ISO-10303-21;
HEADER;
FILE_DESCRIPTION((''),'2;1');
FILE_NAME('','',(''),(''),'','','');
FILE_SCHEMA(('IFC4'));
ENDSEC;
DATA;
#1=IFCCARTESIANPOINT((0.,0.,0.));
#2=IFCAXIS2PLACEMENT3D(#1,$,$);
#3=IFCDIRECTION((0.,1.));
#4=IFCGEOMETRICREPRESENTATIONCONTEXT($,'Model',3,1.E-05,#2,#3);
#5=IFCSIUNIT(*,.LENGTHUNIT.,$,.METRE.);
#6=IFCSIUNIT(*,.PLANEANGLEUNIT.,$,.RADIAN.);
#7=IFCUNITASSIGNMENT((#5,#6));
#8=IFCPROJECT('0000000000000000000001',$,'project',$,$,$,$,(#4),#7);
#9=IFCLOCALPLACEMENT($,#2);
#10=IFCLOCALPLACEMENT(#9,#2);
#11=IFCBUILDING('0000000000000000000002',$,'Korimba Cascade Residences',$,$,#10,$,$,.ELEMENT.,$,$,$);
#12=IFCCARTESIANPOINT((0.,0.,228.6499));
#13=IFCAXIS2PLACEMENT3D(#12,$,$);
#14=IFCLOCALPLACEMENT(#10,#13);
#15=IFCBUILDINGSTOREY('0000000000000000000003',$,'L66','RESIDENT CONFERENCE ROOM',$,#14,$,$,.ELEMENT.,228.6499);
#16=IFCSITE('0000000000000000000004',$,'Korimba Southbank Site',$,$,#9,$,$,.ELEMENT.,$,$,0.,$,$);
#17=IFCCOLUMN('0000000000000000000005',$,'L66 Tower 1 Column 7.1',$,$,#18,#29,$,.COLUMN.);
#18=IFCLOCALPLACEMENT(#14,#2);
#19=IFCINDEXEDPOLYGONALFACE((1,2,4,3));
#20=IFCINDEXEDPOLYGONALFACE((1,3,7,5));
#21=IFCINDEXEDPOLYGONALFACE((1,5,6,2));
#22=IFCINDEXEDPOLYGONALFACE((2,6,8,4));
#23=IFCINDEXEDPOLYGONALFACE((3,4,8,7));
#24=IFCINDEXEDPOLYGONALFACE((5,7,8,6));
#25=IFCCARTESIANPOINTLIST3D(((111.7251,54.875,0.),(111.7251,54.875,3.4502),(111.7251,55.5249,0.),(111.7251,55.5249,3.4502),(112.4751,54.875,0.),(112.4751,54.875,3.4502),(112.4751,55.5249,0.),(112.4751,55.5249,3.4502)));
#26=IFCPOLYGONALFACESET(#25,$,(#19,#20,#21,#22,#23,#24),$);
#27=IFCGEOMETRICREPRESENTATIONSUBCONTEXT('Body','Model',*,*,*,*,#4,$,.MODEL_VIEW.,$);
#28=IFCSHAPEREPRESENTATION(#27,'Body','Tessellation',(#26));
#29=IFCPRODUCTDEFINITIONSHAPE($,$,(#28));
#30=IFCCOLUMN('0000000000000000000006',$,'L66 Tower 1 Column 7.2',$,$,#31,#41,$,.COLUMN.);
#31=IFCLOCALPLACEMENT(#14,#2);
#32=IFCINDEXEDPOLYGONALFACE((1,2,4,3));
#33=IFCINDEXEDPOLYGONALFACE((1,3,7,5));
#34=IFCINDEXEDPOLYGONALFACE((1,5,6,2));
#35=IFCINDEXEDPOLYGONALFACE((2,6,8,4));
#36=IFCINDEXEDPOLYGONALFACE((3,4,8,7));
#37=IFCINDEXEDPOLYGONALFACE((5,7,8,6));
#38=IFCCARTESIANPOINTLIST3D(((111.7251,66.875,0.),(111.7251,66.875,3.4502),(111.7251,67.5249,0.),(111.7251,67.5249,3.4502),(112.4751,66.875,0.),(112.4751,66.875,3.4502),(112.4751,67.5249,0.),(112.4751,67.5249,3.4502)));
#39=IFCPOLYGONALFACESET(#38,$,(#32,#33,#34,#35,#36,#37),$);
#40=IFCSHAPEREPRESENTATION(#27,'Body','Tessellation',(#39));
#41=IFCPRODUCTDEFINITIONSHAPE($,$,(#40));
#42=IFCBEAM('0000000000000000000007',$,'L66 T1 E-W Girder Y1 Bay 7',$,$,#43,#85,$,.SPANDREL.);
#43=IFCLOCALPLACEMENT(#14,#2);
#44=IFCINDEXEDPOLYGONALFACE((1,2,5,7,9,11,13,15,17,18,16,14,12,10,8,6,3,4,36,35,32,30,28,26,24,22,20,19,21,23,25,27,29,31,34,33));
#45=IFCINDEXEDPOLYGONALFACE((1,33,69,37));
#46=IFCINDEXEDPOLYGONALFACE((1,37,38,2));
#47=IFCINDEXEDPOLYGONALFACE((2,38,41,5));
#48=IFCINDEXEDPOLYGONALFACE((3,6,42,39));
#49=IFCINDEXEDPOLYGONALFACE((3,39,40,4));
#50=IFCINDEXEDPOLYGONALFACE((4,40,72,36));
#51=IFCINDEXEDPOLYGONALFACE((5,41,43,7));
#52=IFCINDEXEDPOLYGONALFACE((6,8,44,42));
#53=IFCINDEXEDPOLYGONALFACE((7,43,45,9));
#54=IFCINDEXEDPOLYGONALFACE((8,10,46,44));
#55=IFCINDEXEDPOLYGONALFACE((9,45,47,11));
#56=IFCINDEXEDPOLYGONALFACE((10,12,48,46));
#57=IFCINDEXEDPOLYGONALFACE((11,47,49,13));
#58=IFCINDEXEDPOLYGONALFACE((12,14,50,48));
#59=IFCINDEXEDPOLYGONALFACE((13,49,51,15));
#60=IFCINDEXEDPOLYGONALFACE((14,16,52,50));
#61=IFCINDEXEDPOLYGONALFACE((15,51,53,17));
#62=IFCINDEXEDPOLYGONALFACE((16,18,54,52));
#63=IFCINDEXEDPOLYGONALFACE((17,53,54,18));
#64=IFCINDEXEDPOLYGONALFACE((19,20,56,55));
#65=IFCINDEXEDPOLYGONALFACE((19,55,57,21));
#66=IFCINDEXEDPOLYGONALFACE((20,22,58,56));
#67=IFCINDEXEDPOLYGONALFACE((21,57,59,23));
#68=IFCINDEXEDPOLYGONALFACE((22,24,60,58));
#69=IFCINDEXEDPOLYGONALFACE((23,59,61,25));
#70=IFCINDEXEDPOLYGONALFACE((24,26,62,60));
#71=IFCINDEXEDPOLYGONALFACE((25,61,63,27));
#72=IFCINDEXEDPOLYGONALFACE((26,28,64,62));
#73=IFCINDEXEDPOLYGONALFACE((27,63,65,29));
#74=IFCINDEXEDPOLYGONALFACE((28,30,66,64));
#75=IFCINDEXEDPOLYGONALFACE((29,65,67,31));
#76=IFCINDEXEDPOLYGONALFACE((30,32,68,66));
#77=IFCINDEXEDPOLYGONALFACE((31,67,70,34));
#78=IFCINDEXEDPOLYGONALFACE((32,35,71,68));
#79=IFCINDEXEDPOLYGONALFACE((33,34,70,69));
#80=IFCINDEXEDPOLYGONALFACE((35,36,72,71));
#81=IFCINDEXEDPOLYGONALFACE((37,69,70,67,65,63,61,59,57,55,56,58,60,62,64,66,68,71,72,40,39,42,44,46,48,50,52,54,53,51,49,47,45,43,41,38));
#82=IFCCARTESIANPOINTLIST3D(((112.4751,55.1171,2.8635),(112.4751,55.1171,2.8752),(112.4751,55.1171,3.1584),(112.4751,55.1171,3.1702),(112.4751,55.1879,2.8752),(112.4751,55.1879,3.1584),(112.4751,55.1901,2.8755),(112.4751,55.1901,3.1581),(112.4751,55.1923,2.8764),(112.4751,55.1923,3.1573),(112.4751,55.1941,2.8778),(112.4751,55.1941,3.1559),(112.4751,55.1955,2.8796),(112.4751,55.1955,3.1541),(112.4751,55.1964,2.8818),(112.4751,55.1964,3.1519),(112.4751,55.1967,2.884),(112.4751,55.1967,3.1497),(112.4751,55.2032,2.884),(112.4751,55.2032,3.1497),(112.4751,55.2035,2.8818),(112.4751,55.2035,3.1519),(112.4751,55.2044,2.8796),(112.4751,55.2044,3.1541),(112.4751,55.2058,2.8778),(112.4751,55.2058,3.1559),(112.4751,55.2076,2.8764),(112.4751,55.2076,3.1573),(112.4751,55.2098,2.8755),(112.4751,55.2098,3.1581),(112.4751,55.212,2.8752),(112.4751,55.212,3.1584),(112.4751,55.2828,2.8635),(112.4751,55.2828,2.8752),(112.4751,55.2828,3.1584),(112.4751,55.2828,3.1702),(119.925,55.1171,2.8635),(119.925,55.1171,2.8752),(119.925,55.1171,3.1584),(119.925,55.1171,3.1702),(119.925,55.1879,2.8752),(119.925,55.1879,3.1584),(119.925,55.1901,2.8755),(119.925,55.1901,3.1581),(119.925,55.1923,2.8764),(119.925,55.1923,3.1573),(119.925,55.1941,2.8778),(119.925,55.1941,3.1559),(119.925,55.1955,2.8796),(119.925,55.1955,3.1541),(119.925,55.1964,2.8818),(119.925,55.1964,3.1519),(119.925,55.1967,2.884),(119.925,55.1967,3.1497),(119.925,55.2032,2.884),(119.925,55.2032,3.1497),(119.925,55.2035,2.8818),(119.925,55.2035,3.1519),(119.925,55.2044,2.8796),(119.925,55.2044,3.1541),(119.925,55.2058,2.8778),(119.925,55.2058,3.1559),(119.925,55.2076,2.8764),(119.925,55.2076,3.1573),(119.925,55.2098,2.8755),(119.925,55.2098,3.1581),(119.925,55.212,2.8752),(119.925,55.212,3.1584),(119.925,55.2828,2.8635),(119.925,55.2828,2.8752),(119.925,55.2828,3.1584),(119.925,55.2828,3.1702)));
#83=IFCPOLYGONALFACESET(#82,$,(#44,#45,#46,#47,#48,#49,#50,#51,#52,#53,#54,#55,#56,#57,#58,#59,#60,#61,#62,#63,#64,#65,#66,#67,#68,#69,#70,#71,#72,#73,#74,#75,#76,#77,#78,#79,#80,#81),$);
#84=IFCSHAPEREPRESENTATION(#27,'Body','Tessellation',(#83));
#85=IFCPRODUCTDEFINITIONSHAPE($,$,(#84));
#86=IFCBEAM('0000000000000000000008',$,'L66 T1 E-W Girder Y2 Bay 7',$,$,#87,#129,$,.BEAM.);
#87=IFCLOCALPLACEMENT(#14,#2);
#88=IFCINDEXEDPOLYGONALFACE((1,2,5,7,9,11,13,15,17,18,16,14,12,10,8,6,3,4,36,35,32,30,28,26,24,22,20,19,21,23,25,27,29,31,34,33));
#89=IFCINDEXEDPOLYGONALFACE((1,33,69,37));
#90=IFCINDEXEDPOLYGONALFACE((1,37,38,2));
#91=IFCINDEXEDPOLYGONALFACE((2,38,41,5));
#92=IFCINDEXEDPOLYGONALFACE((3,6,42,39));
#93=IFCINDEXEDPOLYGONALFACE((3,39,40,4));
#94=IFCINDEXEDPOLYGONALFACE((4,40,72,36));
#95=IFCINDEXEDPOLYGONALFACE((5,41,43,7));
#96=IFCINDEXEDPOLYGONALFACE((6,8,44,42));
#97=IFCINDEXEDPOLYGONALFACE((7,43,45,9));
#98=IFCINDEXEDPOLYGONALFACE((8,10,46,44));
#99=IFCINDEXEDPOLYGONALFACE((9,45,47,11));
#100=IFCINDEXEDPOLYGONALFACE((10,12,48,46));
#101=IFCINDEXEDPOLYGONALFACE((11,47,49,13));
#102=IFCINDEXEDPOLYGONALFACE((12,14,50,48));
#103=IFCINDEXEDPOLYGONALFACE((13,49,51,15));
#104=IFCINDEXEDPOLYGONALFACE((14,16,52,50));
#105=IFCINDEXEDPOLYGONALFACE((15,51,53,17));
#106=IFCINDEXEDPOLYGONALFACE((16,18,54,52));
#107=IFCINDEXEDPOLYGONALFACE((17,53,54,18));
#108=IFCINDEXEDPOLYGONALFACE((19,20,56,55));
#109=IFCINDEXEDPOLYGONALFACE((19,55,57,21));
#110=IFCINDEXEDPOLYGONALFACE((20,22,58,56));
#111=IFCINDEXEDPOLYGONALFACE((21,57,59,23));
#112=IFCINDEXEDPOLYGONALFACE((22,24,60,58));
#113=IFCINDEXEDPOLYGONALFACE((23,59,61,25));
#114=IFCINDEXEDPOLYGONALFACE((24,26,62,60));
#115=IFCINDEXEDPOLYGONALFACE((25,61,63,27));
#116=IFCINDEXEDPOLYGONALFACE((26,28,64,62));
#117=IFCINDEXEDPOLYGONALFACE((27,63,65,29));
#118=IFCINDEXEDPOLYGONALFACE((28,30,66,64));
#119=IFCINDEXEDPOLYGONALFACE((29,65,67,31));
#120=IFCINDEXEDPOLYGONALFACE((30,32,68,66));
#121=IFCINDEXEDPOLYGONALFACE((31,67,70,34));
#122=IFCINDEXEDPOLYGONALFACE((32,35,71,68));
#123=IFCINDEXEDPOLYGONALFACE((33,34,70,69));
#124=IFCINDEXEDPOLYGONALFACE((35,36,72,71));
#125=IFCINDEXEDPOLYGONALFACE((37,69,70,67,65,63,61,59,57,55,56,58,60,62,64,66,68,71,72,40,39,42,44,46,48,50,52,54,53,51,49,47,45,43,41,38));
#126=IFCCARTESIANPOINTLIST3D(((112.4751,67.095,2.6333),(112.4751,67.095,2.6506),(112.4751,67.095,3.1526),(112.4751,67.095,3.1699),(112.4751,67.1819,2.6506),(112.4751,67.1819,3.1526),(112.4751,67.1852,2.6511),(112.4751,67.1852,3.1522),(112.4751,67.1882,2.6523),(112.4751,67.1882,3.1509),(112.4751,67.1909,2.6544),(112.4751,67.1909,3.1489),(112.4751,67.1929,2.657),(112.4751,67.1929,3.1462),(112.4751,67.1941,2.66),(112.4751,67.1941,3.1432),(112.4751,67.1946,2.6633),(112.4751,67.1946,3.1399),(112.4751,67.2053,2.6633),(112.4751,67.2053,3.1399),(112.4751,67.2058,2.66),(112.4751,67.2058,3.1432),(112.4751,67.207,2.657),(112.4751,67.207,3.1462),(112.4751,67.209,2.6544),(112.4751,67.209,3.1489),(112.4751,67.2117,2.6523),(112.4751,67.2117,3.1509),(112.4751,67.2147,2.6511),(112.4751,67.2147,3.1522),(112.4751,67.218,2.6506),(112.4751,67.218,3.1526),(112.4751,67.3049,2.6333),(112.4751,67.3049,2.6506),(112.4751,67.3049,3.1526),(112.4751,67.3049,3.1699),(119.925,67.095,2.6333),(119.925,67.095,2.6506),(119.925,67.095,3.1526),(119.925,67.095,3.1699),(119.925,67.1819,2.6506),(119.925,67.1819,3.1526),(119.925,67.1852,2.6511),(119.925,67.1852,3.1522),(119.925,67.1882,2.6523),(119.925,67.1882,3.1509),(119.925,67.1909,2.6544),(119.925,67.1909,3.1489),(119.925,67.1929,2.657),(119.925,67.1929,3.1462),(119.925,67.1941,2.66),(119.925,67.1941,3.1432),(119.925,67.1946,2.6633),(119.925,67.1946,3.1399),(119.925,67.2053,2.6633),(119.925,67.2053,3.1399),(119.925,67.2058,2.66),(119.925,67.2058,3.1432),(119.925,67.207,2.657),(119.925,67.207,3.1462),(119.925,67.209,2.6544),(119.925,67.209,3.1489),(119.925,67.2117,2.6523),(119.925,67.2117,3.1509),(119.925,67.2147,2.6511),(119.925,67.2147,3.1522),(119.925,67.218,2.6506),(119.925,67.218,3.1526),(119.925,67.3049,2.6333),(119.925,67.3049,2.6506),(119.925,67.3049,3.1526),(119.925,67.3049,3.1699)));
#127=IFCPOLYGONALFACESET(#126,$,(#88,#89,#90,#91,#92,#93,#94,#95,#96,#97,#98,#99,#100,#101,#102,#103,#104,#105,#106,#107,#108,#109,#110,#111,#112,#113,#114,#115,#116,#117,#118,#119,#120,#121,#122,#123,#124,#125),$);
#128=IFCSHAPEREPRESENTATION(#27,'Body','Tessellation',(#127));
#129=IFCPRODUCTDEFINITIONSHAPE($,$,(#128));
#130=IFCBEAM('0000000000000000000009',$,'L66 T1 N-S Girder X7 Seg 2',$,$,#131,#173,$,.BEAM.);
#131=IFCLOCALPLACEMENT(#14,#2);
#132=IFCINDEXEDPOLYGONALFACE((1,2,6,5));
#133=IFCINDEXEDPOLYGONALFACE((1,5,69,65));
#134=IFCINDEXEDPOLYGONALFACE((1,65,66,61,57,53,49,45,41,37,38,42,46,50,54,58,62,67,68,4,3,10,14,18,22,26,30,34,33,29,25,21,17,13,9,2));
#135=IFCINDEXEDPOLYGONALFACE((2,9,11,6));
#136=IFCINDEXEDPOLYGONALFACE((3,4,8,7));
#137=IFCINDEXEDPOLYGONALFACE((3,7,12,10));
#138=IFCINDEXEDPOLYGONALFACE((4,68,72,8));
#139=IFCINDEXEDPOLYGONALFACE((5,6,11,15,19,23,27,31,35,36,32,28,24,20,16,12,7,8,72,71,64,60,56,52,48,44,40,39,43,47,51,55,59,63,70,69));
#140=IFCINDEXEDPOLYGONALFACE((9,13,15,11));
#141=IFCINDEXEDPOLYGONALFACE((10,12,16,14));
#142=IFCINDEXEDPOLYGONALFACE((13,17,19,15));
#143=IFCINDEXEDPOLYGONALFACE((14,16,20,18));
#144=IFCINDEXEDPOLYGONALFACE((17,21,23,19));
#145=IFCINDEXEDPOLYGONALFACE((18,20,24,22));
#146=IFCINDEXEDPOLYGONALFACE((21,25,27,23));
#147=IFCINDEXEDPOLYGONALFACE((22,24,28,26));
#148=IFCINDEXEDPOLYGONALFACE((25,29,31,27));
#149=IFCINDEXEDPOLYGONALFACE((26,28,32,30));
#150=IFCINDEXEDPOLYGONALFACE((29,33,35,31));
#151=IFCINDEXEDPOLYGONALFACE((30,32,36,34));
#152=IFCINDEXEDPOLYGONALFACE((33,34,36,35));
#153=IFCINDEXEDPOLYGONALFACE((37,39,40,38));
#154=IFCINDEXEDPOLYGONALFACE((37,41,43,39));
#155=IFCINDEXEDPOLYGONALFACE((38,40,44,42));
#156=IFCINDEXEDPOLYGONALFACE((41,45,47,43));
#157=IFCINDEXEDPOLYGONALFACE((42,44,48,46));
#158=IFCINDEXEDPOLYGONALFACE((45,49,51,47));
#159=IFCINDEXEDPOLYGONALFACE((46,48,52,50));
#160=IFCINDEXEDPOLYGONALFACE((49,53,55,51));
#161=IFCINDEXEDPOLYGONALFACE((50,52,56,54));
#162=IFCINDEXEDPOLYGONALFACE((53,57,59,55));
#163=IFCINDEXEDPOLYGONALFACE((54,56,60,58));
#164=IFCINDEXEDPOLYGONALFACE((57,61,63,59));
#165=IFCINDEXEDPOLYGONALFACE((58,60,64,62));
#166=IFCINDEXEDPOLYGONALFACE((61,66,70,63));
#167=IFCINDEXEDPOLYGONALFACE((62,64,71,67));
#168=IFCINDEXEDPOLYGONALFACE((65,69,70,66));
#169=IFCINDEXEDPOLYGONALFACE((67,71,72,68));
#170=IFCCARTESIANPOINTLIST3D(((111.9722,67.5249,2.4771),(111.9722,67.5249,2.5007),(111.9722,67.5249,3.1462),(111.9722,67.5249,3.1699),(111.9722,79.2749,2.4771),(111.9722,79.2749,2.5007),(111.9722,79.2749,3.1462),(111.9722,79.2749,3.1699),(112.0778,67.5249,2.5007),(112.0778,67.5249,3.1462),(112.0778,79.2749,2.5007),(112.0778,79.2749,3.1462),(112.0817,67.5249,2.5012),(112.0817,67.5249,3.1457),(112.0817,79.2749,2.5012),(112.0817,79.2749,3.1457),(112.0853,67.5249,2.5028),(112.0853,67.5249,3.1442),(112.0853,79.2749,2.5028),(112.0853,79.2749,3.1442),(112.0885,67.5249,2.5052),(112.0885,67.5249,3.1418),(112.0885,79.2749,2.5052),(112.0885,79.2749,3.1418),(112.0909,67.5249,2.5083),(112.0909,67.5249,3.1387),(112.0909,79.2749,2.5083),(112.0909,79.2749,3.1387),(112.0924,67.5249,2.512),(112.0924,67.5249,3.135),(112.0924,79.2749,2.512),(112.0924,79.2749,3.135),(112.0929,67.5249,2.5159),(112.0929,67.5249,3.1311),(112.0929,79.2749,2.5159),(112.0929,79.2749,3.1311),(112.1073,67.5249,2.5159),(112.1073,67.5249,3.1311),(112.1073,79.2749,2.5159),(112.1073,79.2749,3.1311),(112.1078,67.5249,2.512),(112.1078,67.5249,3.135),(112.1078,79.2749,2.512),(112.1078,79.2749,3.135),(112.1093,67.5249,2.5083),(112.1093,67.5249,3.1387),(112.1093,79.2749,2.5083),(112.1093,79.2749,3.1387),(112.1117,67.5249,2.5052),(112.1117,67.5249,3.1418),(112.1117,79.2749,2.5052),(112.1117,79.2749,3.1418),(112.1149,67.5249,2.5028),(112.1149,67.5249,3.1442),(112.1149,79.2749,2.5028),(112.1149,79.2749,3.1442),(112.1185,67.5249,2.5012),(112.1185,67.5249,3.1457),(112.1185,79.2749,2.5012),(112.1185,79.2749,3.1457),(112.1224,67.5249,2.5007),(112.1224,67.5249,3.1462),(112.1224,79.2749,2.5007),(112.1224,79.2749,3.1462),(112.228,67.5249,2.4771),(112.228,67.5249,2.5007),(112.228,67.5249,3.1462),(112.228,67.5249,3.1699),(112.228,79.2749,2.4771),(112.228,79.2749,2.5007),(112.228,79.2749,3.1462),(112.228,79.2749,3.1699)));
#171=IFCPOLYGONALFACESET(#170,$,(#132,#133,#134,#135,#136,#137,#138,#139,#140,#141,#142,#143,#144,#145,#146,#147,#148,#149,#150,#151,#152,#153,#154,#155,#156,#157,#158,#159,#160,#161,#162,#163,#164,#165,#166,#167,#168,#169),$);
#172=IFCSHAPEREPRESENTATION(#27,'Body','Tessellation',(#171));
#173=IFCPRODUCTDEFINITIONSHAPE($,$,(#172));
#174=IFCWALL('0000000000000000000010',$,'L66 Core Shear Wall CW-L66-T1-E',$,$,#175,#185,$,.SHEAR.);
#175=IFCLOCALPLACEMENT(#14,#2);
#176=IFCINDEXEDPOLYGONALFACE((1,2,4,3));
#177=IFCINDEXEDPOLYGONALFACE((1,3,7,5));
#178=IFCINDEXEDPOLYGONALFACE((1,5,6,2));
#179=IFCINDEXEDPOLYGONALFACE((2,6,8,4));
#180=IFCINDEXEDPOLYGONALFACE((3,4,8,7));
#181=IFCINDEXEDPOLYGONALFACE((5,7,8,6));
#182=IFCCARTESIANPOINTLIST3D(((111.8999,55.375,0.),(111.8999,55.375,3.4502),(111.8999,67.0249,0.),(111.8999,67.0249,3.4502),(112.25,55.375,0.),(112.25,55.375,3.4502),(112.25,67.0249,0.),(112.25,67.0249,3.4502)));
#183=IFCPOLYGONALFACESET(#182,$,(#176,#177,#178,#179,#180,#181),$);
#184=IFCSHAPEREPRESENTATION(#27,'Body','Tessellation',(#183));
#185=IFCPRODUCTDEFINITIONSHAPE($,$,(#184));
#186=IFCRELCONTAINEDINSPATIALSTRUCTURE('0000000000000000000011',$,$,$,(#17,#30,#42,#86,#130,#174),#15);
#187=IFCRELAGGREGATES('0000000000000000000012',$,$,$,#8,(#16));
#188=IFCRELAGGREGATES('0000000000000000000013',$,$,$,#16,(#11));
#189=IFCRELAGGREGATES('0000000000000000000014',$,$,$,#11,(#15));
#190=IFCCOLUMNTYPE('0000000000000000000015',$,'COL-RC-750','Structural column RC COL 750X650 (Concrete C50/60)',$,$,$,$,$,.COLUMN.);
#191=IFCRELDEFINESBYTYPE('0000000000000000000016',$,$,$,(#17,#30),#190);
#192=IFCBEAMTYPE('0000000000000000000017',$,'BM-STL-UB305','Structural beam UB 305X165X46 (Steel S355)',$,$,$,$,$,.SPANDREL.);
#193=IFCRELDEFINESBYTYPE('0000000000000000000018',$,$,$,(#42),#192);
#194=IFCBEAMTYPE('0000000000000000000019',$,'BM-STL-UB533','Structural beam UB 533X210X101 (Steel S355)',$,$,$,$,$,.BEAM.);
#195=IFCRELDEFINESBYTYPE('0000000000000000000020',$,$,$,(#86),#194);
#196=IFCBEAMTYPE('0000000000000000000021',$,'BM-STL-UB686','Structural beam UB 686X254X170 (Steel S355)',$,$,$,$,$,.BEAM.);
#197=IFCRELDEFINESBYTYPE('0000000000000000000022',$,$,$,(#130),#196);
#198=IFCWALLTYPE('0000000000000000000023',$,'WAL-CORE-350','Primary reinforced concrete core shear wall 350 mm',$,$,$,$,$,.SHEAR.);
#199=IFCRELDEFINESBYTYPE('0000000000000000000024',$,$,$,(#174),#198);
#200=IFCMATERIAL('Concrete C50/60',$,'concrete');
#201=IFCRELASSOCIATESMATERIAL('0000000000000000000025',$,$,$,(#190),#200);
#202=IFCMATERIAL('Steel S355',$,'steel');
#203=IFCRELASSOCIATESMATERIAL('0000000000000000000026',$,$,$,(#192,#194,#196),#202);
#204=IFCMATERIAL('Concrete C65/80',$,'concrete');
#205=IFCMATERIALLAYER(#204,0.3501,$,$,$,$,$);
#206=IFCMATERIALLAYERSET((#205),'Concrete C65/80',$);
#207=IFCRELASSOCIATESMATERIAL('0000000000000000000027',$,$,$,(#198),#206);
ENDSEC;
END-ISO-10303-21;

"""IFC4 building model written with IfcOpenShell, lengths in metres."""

from ifc_helpers import new_model, si_unit, direction, frame, frame_2d, origin, origin_2d, place, context, subcontext, project, spatial, rectangle, i_section, extrude, material, layer, layer_set, material_profile, profile_set, type_object, element, save


model = new_model("IFC4")

# Units and contexts
model_context = context("Model", 3, precision=1e-05, world=origin(), true_north=direction((0.0, 1.0)))
body_context = subcontext(model_context, "Body", "Model", "MODEL_VIEW")
ifc_project = project(units=[si_unit("LENGTHUNIT", "METRE"), si_unit("PLANEANGLEUNIT", "RADIAN")], contexts=[model_context])

# Site, building, storey
site_placement = place(None, origin())
site = spatial("IfcSite", under=ifc_project, at=site_placement, Name="Korimba Southbank Site", CompositionType="ELEMENT", RefElevation=0.0)
building_placement = place(site_placement, origin())
building = spatial("IfcBuilding", under=site, at=building_placement, Name="Korimba Cascade Residences", CompositionType="ELEMENT")
storey_placement = place(building_placement, frame((0.0, 0.0, 228.6499)))
storey = spatial("IfcBuildingStorey", under=building, at=storey_placement, Name="L66", Description="RESIDENT CONFERENCE ROOM", CompositionType="ELEMENT", Elevation=228.6499)

# Columns
ifc_material_1 = material(Name="Concrete C50/60", Category="concrete")
ifc_material_profile_1 = material_profile(ifc_material_1, rectangle(XDim=0.75, YDim=0.6499, at=origin_2d()), Name="Concrete C50/60")
ifc_profile_set_1 = profile_set([ifc_material_profile_1], Name="Concrete C50/60")
column_type = type_object("IfcColumnType", Name="COL-RC-750", Description="Structural column RC COL 750X650 (Concrete C50/60)", PredefinedType="COLUMN", material=ifc_profile_set_1)
for number, where, z_axis, x_axis, name in (
    (1, (112.1001, 55.2, 0.0), (0.0, 0.0, 1.0), (1.0, 0.0, 0.0), "L66 Tower 1 Column 7.1"),
    (2, (112.1001, 67.2, 0.0), (0.0, 0.0, 1.0), (1.0, 0.0, 0.0), "L66 Tower 1 Column 7.2"),
):
    element("IfcColumn", number, at=place(storey_placement, frame(where, z_axis=z_axis, x_axis=x_axis)), inside=storey, type_object=column_type, Name=name, PredefinedType="COLUMN", context=body_context, shape_type="SweptSolid", body=[
        extrude(rectangle(XDim=0.75, YDim=0.6499, at=origin_2d()), origin(), (0.0, 0.0, 1.0), 3.4502),
    ])

# Beams
ifc_material_2 = material(Name="Steel S355", Category="steel")
ifc_material_profile_2 = material_profile(ifc_material_2, i_section(OverallWidth=0.1658, OverallDepth=0.3066, WebThickness=0.0066, FlangeThickness=0.0117, FilletRadius=0.0088, at=origin_2d()), Name="Steel S355")
ifc_profile_set_2 = profile_set([ifc_material_profile_2], Name="Steel S355")
beam_type_1 = type_object("IfcBeamType", Name="BM-STL-UB305", Description="Structural beam UB 305X165X46 (Steel S355)", PredefinedType="SPANDREL", material=ifc_profile_set_2)
beam_1_placement = place(storey_placement, frame((112.4751, 55.2, 3.0168), z_axis=(1.0, 0.0, 0.0), x_axis=(0.0, 1.0, 0.0)))
element("IfcBeam", 3, at=beam_1_placement, inside=storey, type_object=beam_type_1, Name="L66 T1 E-W Girder Y1 Bay 7", PredefinedType="SPANDREL", context=body_context, shape_type="SweptSolid", body=[
    extrude(i_section(OverallWidth=0.1658, OverallDepth=0.3066, WebThickness=0.0066, FlangeThickness=0.0117, FilletRadius=0.0088, at=origin_2d()), origin(), (0.0, 0.0, 1.0), 7.45),
])
ifc_material_profile_3 = material_profile(ifc_material_2, i_section(OverallWidth=0.21, OverallDepth=0.5366, WebThickness=0.0107, FlangeThickness=0.0173, FilletRadius=0.0127, at=origin_2d()), Name="Steel S355")
ifc_profile_set_3 = profile_set([ifc_material_profile_3], Name="Steel S355")
beam_type_2 = type_object("IfcBeamType", Name="BM-STL-UB533", Description="Structural beam UB 533X210X101 (Steel S355)", PredefinedType="BEAM", material=ifc_profile_set_3)
beam_2_placement = place(storey_placement, frame((112.4751, 67.2, 2.9016), z_axis=(1.0, 0.0, 0.0), x_axis=(0.0, 1.0, 0.0)))
element("IfcBeam", 4, at=beam_2_placement, inside=storey, type_object=beam_type_2, Name="L66 T1 E-W Girder Y2 Bay 7", PredefinedType="BEAM", context=body_context, shape_type="SweptSolid", body=[
    extrude(i_section(OverallWidth=0.21, OverallDepth=0.5366, WebThickness=0.0107, FlangeThickness=0.0173, FilletRadius=0.0127, at=origin_2d()), origin(), (0.0, 0.0, 1.0), 7.45),
])
ifc_material_profile_4 = material_profile(ifc_material_2, i_section(OverallWidth=0.2559, OverallDepth=0.6929, WebThickness=0.0144, FlangeThickness=0.0237, FilletRadius=0.0151, at=origin_2d()), Name="Steel S355")
ifc_profile_set_4 = profile_set([ifc_material_profile_4], Name="Steel S355")
beam_type_3 = type_object("IfcBeamType", Name="BM-STL-UB686", Description="Structural beam UB 686X254X170 (Steel S355)", PredefinedType="BEAM", material=ifc_profile_set_4)
beam_3_placement = place(storey_placement, frame((112.1001, 67.5249, 2.8235), z_axis=(0.0, 1.0, 0.0), x_axis=(-1.0, 0.0, 0.0)))
element("IfcBeam", 5, at=beam_3_placement, inside=storey, type_object=beam_type_3, Name="L66 T1 N-S Girder X7 Seg 2", PredefinedType="BEAM", context=body_context, shape_type="SweptSolid", body=[
    extrude(i_section(OverallWidth=0.2559, OverallDepth=0.6929, WebThickness=0.0144, FlangeThickness=0.0237, FilletRadius=0.0151, at=origin_2d()), origin(), (0.0, 0.0, 1.0), 11.75),
])

# Wall
ifc_material_3 = material(Name="Concrete C65/80", Category="concrete")
ifc_layer_1 = layer(ifc_material_3, 0.3501)
ifc_layer_set_1 = layer_set([ifc_layer_1], Name="Concrete C65/80")
wall_type_1 = type_object("IfcWallType", Name="WAL-CORE-350", Description="Primary reinforced concrete core shear wall 350 mm", PredefinedType="SHEAR", material=ifc_layer_set_1)
wall_1_placement = place(storey_placement, frame((112.075, 55.375, 0.0), z_axis=(0.0, 0.0, 1.0), x_axis=(0.0, 1.0, 0.0)))
element("IfcWall", 6, at=wall_1_placement, inside=storey, type_object=wall_type_1, Name="L66 Core Shear Wall CW-L66-T1-E", PredefinedType="SHEAR", context=body_context, shape_type="SweptSolid", body=[
    extrude(rectangle(XDim=11.6499, YDim=0.3501, at=frame_2d((5.825, 0.0))), origin(), (0.0, 0.0, 1.0), 3.4502),
])

save(model, "model.ifc")
